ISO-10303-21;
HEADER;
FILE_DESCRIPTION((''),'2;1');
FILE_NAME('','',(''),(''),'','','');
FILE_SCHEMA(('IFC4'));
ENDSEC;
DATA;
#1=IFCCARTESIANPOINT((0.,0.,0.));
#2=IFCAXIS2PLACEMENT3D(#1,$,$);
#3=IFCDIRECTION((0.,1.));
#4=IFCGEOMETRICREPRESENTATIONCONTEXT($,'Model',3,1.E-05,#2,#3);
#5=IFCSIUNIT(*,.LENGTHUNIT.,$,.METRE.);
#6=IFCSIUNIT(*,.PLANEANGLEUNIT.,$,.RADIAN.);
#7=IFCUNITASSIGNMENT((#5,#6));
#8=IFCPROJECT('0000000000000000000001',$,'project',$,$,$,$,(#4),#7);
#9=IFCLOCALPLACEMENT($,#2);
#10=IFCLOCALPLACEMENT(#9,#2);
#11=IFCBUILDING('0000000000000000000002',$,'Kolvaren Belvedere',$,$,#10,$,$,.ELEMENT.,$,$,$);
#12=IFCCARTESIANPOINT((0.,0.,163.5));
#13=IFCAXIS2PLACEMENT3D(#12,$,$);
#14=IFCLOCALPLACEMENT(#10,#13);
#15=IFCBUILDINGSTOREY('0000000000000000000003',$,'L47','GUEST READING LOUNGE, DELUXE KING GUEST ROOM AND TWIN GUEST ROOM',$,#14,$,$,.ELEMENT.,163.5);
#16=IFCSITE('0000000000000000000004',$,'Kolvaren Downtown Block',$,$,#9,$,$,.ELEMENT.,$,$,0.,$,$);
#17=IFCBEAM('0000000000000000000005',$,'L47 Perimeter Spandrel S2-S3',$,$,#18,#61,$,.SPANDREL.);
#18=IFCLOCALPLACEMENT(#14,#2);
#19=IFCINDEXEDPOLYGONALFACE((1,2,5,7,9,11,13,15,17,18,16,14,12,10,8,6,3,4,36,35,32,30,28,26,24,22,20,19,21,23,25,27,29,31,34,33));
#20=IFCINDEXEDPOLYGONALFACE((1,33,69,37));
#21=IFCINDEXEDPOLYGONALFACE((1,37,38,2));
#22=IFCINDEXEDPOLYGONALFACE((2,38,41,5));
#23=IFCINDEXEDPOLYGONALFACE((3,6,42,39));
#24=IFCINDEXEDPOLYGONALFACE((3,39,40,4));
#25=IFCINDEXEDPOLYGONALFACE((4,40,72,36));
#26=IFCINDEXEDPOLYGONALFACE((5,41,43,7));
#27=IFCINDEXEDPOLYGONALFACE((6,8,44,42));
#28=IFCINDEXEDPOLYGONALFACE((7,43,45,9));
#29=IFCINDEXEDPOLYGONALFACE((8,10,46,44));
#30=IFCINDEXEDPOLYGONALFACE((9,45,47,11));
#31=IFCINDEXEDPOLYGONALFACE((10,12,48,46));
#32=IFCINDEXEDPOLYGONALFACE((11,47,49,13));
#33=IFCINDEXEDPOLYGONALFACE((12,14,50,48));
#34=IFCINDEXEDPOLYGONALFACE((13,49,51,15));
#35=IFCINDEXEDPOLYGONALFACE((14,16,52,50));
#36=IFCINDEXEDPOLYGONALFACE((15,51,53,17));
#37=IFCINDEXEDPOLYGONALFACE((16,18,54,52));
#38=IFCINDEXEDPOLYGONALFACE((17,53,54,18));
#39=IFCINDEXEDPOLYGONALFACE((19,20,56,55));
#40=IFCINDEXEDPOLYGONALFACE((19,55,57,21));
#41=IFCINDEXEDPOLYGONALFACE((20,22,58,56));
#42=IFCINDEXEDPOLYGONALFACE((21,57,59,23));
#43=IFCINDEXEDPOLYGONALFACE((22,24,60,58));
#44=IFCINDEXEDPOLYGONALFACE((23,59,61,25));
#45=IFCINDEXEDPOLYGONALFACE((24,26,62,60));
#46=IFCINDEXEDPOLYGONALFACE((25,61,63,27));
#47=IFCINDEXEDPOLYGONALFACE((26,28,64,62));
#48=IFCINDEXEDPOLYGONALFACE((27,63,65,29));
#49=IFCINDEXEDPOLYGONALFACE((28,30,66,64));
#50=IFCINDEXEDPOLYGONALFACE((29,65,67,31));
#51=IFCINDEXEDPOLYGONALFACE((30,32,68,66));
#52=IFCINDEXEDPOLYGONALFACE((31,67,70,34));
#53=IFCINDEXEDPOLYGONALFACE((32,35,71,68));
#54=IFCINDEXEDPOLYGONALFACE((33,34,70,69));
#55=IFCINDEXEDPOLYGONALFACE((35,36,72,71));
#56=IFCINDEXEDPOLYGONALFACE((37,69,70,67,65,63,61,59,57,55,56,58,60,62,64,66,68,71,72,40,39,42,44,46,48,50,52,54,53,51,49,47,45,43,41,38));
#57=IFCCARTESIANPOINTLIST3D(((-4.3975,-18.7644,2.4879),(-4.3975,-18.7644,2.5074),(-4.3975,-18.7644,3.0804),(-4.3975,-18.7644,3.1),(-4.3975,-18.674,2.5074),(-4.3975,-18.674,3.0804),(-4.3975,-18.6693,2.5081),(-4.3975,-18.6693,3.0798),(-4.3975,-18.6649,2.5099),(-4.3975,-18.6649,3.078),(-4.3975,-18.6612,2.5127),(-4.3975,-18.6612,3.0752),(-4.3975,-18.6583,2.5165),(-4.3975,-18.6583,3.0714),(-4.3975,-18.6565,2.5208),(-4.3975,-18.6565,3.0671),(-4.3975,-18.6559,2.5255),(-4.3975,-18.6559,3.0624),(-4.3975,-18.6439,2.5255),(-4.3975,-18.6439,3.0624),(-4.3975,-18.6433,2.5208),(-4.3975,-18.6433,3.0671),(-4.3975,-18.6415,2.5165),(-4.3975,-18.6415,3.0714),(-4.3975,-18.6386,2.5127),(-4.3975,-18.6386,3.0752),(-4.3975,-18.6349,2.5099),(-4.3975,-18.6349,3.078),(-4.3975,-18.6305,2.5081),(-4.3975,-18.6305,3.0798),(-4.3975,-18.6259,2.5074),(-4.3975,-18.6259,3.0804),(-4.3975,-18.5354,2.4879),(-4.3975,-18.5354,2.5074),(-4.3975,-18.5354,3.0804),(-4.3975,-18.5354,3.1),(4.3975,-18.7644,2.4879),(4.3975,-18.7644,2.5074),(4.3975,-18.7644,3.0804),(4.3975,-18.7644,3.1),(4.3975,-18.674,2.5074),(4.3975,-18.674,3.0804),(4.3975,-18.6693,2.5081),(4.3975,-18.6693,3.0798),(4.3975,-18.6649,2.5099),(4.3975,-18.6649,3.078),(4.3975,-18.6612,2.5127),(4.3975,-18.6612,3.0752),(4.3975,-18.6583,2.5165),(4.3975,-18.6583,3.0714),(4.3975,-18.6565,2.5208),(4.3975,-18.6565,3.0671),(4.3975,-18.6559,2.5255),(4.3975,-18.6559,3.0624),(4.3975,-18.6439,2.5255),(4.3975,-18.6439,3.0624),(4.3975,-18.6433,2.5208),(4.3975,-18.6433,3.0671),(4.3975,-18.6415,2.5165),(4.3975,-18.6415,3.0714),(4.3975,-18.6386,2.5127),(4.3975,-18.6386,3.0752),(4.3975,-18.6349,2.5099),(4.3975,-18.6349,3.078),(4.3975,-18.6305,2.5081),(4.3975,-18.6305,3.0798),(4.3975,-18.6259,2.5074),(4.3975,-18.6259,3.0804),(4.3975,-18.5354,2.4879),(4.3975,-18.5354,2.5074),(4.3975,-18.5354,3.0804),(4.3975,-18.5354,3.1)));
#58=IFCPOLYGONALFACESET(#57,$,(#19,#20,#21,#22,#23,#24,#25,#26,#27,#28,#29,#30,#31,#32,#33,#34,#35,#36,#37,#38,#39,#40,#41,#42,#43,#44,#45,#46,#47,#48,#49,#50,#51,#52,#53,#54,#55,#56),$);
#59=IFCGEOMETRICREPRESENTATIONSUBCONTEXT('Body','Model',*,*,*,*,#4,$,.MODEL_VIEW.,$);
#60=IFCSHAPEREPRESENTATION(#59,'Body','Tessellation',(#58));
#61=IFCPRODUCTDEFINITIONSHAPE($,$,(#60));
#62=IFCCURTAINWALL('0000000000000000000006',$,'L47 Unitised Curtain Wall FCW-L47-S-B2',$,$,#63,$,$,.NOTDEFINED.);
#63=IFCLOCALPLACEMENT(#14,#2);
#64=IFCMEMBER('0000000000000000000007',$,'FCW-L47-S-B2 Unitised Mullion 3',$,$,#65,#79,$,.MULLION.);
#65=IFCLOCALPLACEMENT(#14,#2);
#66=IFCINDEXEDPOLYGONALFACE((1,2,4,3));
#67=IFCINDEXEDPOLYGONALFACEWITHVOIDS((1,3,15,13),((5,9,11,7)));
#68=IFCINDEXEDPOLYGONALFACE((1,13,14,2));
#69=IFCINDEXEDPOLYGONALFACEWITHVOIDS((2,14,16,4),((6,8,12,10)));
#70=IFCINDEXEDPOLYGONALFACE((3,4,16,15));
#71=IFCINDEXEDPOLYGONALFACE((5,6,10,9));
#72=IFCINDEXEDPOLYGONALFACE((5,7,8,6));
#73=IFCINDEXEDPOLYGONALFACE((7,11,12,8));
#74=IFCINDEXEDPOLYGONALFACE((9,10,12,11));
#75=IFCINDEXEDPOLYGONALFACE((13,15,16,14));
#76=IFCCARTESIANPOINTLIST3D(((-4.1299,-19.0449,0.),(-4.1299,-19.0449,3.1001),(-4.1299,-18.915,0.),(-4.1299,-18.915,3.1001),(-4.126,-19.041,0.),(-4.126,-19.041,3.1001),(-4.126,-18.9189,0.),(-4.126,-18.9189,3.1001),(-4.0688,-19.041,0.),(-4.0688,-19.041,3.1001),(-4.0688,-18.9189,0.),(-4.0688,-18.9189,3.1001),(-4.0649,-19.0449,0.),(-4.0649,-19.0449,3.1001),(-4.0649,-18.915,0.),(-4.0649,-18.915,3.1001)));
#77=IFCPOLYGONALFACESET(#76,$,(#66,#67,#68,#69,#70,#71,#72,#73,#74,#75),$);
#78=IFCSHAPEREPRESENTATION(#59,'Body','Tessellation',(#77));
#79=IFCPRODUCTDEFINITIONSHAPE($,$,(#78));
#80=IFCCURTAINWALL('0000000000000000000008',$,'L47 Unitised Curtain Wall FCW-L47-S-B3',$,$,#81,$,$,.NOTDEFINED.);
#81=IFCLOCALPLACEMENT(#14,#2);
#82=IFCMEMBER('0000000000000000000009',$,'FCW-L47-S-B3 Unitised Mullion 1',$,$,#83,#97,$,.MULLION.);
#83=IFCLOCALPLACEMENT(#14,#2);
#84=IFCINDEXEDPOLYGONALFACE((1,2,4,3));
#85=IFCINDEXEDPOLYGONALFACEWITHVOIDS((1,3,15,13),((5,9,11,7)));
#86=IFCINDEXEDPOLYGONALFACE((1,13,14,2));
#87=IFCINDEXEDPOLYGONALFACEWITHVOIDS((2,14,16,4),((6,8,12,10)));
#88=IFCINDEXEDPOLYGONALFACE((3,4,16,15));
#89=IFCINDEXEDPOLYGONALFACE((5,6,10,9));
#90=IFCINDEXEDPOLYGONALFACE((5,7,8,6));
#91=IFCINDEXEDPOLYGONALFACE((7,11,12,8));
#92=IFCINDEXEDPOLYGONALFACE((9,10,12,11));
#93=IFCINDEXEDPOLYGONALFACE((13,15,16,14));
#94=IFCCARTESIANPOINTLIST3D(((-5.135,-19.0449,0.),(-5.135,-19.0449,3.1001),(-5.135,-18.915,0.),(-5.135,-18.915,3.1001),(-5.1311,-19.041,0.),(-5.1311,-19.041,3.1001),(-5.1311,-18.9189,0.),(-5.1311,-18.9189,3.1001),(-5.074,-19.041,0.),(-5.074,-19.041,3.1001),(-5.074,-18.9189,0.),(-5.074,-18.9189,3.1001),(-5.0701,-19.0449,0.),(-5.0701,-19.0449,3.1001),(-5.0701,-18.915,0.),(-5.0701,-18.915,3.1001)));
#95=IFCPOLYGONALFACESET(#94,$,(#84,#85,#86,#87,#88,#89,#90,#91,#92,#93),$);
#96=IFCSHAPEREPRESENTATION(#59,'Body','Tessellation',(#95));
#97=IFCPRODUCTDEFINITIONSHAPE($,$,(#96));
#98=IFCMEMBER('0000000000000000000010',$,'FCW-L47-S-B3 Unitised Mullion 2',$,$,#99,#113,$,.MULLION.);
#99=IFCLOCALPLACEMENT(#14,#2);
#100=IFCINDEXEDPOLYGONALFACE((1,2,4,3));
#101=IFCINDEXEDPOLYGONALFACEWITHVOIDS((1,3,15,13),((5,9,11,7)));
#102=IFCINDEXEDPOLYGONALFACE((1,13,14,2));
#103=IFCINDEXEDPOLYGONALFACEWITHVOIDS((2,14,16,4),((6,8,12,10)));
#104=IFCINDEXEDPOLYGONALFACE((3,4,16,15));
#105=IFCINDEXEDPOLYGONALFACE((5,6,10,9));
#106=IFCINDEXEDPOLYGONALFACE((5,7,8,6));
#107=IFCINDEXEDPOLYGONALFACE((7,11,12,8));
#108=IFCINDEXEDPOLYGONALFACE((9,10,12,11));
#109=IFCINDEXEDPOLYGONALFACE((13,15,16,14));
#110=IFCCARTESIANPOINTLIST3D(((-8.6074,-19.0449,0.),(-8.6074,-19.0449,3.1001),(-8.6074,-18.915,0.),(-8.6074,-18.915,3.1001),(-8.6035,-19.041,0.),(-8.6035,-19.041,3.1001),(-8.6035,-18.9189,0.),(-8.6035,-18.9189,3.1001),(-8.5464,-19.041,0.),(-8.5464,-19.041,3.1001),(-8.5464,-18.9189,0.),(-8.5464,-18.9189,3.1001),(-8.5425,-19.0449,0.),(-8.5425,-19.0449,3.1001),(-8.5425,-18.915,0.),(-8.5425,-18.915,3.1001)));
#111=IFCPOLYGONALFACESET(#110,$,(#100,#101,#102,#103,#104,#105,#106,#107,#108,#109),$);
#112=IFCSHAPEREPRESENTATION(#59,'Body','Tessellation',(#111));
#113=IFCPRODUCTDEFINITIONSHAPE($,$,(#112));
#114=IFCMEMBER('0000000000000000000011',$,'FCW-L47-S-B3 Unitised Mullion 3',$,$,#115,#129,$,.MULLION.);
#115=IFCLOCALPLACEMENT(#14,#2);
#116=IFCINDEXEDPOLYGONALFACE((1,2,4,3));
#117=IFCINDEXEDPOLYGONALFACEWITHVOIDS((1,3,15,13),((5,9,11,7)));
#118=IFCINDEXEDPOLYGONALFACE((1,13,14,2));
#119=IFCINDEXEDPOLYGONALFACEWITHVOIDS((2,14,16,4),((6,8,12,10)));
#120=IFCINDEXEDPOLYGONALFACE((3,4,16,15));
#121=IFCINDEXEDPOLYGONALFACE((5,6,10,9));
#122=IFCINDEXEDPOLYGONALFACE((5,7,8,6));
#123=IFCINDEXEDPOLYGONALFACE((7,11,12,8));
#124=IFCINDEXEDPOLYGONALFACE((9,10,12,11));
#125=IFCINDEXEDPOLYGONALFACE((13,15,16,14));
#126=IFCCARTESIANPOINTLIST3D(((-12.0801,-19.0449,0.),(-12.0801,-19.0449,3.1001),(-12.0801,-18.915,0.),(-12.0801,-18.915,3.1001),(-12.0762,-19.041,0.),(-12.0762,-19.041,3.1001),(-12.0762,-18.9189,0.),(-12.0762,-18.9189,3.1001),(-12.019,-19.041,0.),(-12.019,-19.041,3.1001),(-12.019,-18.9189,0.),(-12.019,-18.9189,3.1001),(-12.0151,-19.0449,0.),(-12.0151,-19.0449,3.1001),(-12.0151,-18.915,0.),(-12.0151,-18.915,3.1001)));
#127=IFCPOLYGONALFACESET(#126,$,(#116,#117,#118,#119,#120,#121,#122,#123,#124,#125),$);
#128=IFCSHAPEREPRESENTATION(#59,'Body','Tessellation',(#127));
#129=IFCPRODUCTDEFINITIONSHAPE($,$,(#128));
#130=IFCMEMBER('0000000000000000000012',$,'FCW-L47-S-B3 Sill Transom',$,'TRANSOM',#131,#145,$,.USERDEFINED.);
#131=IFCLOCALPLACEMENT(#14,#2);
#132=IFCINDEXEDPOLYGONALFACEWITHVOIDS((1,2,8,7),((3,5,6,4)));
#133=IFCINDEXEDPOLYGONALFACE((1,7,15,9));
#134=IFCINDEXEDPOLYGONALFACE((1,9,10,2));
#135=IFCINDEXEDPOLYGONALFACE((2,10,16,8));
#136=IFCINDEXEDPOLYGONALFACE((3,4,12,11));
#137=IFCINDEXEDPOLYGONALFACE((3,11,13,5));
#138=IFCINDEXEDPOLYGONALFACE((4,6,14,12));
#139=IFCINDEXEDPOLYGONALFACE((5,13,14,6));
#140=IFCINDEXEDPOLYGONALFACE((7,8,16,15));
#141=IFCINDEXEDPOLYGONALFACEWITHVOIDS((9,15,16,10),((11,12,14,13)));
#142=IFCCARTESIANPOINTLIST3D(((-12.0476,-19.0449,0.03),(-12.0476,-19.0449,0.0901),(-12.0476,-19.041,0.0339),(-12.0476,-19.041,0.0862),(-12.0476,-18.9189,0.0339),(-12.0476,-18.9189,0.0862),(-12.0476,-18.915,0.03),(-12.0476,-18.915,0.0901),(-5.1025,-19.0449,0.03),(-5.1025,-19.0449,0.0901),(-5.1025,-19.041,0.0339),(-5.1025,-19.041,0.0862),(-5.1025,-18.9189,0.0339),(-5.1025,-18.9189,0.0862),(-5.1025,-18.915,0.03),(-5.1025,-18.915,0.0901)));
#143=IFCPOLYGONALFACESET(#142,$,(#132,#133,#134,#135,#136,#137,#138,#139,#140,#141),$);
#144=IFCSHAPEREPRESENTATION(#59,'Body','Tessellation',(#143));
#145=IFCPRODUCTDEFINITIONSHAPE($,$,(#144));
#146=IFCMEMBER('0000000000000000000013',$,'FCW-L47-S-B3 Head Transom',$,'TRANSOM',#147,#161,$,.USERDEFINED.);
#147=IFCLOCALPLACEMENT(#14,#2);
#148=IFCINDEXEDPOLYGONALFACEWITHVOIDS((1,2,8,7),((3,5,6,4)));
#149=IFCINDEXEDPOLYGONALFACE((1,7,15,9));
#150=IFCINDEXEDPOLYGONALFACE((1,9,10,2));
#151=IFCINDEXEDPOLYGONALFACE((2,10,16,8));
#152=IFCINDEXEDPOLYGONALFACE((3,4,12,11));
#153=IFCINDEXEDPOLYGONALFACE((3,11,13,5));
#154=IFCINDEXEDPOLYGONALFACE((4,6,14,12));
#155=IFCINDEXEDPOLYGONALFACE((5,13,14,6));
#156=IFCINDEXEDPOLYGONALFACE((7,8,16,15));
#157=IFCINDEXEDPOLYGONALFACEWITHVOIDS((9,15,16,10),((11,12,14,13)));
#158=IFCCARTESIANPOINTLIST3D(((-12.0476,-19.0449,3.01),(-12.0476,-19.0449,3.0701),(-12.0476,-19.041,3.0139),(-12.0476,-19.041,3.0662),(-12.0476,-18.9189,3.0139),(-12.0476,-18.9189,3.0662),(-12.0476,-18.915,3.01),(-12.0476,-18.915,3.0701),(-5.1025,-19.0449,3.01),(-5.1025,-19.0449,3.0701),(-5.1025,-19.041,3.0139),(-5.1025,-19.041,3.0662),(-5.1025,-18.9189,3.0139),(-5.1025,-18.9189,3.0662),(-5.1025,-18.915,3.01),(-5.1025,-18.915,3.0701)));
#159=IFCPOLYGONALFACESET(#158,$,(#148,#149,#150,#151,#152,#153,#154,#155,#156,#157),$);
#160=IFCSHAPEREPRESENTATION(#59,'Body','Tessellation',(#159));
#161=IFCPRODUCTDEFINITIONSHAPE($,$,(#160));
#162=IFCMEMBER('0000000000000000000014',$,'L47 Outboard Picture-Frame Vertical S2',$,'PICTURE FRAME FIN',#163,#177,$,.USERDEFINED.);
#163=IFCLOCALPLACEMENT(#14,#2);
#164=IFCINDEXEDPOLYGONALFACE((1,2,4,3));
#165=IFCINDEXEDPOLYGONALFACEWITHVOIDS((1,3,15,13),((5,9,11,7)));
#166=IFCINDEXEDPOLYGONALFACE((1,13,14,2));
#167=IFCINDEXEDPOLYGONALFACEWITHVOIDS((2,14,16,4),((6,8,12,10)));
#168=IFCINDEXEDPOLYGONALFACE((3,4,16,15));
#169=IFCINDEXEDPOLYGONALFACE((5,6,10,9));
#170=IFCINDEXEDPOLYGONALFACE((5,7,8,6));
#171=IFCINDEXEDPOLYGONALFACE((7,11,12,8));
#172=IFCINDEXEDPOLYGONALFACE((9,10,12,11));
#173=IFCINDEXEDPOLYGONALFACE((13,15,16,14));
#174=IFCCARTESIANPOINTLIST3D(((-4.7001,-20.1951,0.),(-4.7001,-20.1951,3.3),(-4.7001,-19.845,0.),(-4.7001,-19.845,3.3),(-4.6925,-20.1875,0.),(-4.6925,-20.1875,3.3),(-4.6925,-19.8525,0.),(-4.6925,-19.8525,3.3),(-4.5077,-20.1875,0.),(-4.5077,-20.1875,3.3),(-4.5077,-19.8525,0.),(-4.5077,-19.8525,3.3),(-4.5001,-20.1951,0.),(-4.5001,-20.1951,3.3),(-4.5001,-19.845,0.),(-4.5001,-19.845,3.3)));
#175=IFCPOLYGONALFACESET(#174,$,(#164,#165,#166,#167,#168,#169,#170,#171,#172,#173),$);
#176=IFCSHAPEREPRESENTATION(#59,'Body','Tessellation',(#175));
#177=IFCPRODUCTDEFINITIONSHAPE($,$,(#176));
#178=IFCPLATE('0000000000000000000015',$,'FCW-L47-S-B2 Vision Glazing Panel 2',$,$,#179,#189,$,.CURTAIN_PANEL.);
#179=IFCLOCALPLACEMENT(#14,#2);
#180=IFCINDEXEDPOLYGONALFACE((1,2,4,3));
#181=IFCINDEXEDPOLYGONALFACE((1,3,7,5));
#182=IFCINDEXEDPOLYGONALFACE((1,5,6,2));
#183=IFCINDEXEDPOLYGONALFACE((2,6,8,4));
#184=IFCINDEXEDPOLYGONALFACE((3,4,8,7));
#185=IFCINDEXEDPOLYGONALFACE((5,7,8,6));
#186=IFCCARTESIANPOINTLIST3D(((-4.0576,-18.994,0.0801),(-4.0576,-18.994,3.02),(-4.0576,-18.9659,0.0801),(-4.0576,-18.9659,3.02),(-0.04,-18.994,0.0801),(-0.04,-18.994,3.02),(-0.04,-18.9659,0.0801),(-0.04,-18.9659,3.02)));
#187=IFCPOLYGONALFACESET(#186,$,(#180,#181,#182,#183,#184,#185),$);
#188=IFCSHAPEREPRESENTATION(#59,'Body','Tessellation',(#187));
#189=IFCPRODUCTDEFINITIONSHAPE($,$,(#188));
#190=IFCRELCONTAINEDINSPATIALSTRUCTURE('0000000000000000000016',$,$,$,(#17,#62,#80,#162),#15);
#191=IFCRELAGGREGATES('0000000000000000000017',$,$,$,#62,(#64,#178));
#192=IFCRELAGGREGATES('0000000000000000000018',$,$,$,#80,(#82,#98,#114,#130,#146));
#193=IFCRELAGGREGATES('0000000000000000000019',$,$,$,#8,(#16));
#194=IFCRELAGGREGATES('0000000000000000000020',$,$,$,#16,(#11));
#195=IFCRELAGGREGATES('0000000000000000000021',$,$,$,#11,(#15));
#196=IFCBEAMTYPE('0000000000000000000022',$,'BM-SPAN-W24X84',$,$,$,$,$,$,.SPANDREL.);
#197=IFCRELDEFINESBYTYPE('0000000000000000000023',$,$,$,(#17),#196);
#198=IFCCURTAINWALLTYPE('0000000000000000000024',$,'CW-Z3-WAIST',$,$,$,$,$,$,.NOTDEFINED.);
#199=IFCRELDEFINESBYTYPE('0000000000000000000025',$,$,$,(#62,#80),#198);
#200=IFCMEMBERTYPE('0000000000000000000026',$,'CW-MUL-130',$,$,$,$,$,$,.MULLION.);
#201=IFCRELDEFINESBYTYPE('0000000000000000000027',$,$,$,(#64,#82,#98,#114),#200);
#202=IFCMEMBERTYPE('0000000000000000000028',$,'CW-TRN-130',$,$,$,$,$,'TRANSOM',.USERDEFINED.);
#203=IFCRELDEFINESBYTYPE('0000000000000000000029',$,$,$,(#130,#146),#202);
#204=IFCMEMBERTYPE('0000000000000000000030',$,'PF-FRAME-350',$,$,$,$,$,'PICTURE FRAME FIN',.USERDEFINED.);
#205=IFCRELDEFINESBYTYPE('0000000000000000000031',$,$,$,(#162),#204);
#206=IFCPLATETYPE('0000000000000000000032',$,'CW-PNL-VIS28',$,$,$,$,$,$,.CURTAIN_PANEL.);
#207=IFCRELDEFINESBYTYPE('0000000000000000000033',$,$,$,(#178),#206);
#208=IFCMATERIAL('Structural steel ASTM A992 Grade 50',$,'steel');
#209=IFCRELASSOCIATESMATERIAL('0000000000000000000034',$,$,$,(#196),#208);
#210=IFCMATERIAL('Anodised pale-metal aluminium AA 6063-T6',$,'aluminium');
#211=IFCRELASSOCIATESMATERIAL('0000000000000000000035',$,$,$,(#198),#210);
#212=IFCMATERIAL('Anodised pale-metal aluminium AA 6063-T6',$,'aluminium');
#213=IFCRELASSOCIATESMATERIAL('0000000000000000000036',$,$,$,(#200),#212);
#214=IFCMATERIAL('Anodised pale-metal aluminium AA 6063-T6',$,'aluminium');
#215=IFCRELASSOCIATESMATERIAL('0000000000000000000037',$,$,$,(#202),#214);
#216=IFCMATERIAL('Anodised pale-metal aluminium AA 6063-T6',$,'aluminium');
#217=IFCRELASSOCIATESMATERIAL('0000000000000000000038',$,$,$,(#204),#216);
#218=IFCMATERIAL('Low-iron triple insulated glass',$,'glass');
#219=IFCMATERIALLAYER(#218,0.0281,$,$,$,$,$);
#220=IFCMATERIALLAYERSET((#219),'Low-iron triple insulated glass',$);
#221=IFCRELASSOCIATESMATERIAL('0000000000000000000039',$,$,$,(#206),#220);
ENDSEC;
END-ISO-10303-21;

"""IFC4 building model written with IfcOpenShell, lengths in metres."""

from ifc_helpers import new_model, si_unit, direction, frame, origin, origin_2d, place, context, subcontext, project, spatial, rectangle, hollow_rectangle, i_section, extrude, material, layer, layer_set, material_profile, profile_set, type_object, element, aggregate, save


model = new_model("IFC4")

# Units and contexts
model_context = context("Model", 3, precision=1e-05, world=origin(), true_north=direction((0.0, 1.0)))
body_context = subcontext(model_context, "Body", "Model", "MODEL_VIEW")
ifc_project = project(units=[si_unit("LENGTHUNIT", "METRE"), si_unit("PLANEANGLEUNIT", "RADIAN")], contexts=[model_context])

# Site, building, storey
site_placement = place(None, origin())
site = spatial("IfcSite", under=ifc_project, at=site_placement, Name="Kolvaren Downtown Block", CompositionType="ELEMENT", RefElevation=0.0)
building_placement = place(site_placement, origin())
building = spatial("IfcBuilding", under=site, at=building_placement, Name="Kolvaren Belvedere", CompositionType="ELEMENT")
storey_placement = place(building_placement, frame((0.0, 0.0, 163.5)))
storey = spatial("IfcBuildingStorey", under=building, at=storey_placement, Name="L47", Description="GUEST READING LOUNGE, DELUXE KING GUEST ROOM AND TWIN GUEST ROOM", CompositionType="ELEMENT", Elevation=163.5)

# Beam
ifc_material_1 = material(Name="Structural steel ASTM A992 Grade 50", Category="steel")
ifc_material_profile_1 = material_profile(ifc_material_1, i_section(OverallWidth=0.229, OverallDepth=0.6121, WebThickness=0.012, FlangeThickness=0.0195, FilletRadius=0.0181, at=origin_2d()), Name="W24X84")
ifc_profile_set_1 = profile_set([ifc_material_profile_1], Name="Structural steel ASTM A992 Grade 50")
beam_type_1 = type_object("IfcBeamType", Name="BM-SPAN-W24X84", PredefinedType="SPANDREL", material=ifc_profile_set_1)
beam_1_placement = place(storey_placement, frame((-4.3975, -18.6499, 2.7939), z_axis=(1.0, 0.0, 0.0), x_axis=(0.0, 1.0, 0.0)))
element("IfcBeam", 1, at=beam_1_placement, inside=storey, type_object=beam_type_1, Name="L47 Perimeter Spandrel S2-S3", PredefinedType="SPANDREL", context=body_context, shape_type="SweptSolid", body=[
    extrude(i_section(OverallWidth=0.229, OverallDepth=0.6121, WebThickness=0.012, FlangeThickness=0.0195, FilletRadius=0.0181, at=origin_2d()), origin(), (0.0, 0.0, 1.0), 8.7949),
])

# Curtain wall, member
ifc_material_2 = material(Name="Anodised pale-metal aluminium AA 6063-T6", Category="aluminium")
curtain_wall_type = type_object("IfcCurtainWallType", Name="CW-Z3-WAIST", PredefinedType="NOTDEFINED", material=ifc_material_2)
curtain_wall_1_placement = place(storey_placement, origin())
curtain_wall_1 = element("IfcCurtainWall", 2, at=curtain_wall_1_placement, inside=storey, type_object=curtain_wall_type, Name="L47 Unitised Curtain Wall FCW-L47-S-B2", PredefinedType="NOTDEFINED")
ifc_material_3 = material(Name="Anodised pale-metal aluminium AA 6063-T6", Category="aluminium")
ifc_material_profile_2 = material_profile(ifc_material_3, hollow_rectangle(XDim=0.0649, YDim=0.1299, WallThickness=0.0039, at=origin_2d()), Name="ALU-MUL-130X65")
ifc_profile_set_2 = profile_set([ifc_material_profile_2], Name="Anodised pale-metal aluminium AA 6063-T6")
member_type_1 = type_object("IfcMemberType", Name="CW-MUL-130", PredefinedType="MULLION", material=ifc_profile_set_2)
member_1_placement = place(storey_placement, frame((-4.0974, -18.98, 0.0), z_axis=(0.0, 0.0, 1.0), x_axis=(1.0, 0.0, 0.0)))
member_1 = element("IfcMember", 3, at=member_1_placement, type_object=member_type_1, Name="FCW-L47-S-B2 Unitised Mullion 3", PredefinedType="MULLION", context=body_context, shape_type="SweptSolid", body=[
    extrude(hollow_rectangle(XDim=0.0649, YDim=0.1299, WallThickness=0.0039, at=origin_2d()), origin(), (0.0, 0.0, 1.0), 3.1001),
])

# Curtain wall, members
curtain_wall_2_placement = place(storey_placement, origin())
curtain_wall_2 = element("IfcCurtainWall", 4, at=curtain_wall_2_placement, inside=storey, type_object=curtain_wall_type, Name="L47 Unitised Curtain Wall FCW-L47-S-B3", PredefinedType="NOTDEFINED")
member_2_placement = place(storey_placement, frame((-5.1025, -18.98, 0.0), z_axis=(0.0, 0.0, 1.0), x_axis=(1.0, 0.0, 0.0)))
member_2 = element("IfcMember", 5, at=member_2_placement, type_object=member_type_1, Name="FCW-L47-S-B3 Unitised Mullion 1", PredefinedType="MULLION", context=body_context, shape_type="SweptSolid", body=[
    extrude(hollow_rectangle(XDim=0.0649, YDim=0.1299, WallThickness=0.0039, at=origin_2d()), origin(), (0.0, 0.0, 1.0), 3.1001),
])
member_3_placement = place(storey_placement, frame((-8.575, -18.98, 0.0), z_axis=(0.0, 0.0, 1.0), x_axis=(1.0, 0.0, 0.0)))
member_3 = element("IfcMember", 6, at=member_3_placement, type_object=member_type_1, Name="FCW-L47-S-B3 Unitised Mullion 2", PredefinedType="MULLION", context=body_context, shape_type="SweptSolid", body=[
    extrude(hollow_rectangle(XDim=0.0649, YDim=0.1299, WallThickness=0.0039, at=origin_2d()), origin(), (0.0, 0.0, 1.0), 3.1001),
])
member_4_placement = place(storey_placement, frame((-12.0476, -18.98, 0.0), z_axis=(0.0, 0.0, 1.0), x_axis=(1.0, 0.0, 0.0)))
member_4 = element("IfcMember", 7, at=member_4_placement, type_object=member_type_1, Name="FCW-L47-S-B3 Unitised Mullion 3", PredefinedType="MULLION", context=body_context, shape_type="SweptSolid", body=[
    extrude(hollow_rectangle(XDim=0.0649, YDim=0.1299, WallThickness=0.0039, at=origin_2d()), origin(), (0.0, 0.0, 1.0), 3.1001),
])
ifc_material_4 = material(Name="Anodised pale-metal aluminium AA 6063-T6", Category="aluminium")
ifc_material_profile_3 = material_profile(ifc_material_4, hollow_rectangle(XDim=0.0601, YDim=0.1299, WallThickness=0.0039, at=origin_2d()), Name="ALU-TRN-130X60")
ifc_profile_set_3 = profile_set([ifc_material_profile_3], Name="Anodised pale-metal aluminium AA 6063-T6")
member_type_2 = type_object("IfcMemberType", Name="CW-TRN-130", ElementType="TRANSOM", PredefinedType="USERDEFINED", material=ifc_profile_set_3)
member_5_placement = place(storey_placement, frame((-5.1025, -18.98, 0.0601), z_axis=(-1.0, 0.0, 0.0), x_axis=(0.0, 0.0, 1.0)))
member_5 = element("IfcMember", 8, at=member_5_placement, type_object=member_type_2, Name="FCW-L47-S-B3 Sill Transom", ObjectType="TRANSOM", PredefinedType="USERDEFINED", context=body_context, shape_type="SweptSolid", body=[
    extrude(hollow_rectangle(XDim=0.0601, YDim=0.1299, WallThickness=0.0039, at=origin_2d()), origin(), (0.0, 0.0, 1.0), 6.9451),
])
member_6_placement = place(storey_placement, frame((-5.1025, -18.98, 3.04), z_axis=(-1.0, 0.0, 0.0), x_axis=(0.0, 0.0, 1.0)))
member_6 = element("IfcMember", 9, at=member_6_placement, type_object=member_type_2, Name="FCW-L47-S-B3 Head Transom", ObjectType="TRANSOM", PredefinedType="USERDEFINED", context=body_context, shape_type="SweptSolid", body=[
    extrude(hollow_rectangle(XDim=0.0601, YDim=0.1299, WallThickness=0.0039, at=origin_2d()), origin(), (0.0, 0.0, 1.0), 6.9451),
])

# Member
ifc_material_5 = material(Name="Anodised pale-metal aluminium AA 6063-T6", Category="aluminium")
ifc_material_profile_4 = material_profile(ifc_material_5, hollow_rectangle(XDim=0.2, YDim=0.3501, WallThickness=0.0076, at=origin_2d()), Name="ALU-PF-350X200")
ifc_profile_set_4 = profile_set([ifc_material_profile_4], Name="Anodised pale-metal aluminium AA 6063-T6")
member_type_3 = type_object("IfcMemberType", Name="PF-FRAME-350", ElementType="PICTURE FRAME FIN", PredefinedType="USERDEFINED", material=ifc_profile_set_4)
member_7_placement = place(storey_placement, frame((-4.6001, -20.02, 0.0), z_axis=(0.0, 0.0, 1.0), x_axis=(1.0, 0.0, 0.0)))
element("IfcMember", 10, at=member_7_placement, inside=storey, type_object=member_type_3, Name="L47 Outboard Picture-Frame Vertical S2", ObjectType="PICTURE FRAME FIN", PredefinedType="USERDEFINED", context=body_context, shape_type="SweptSolid", body=[
    extrude(hollow_rectangle(XDim=0.2, YDim=0.3501, WallThickness=0.0076, at=origin_2d()), origin(), (0.0, 0.0, 1.0), 3.3),
])

# Plate
ifc_material_6 = material(Name="Low-iron triple insulated glass", Category="glass")
ifc_layer_1 = layer(ifc_material_6, 0.0281)
ifc_layer_set_1 = layer_set([ifc_layer_1], Name="Low-iron triple insulated glass")
plate_type_1 = type_object("IfcPlateType", Name="CW-PNL-VIS28", PredefinedType="CURTAIN_PANEL", material=ifc_layer_set_1)
plate_1_placement = place(storey_placement, frame((-2.0488, -18.98, 0.0801), z_axis=(0.0, 0.0, 1.0), x_axis=(-1.0, 0.0, 0.0)))
plate_1 = element("IfcPlate", 11, at=plate_1_placement, type_object=plate_type_1, Name="FCW-L47-S-B2 Vision Glazing Panel 2", PredefinedType="CURTAIN_PANEL", context=body_context, shape_type="SweptSolid", body=[
    extrude(rectangle(XDim=4.0176, YDim=0.0281, at=origin_2d()), origin(), (0.0, 0.0, 1.0), 2.9399),
])
aggregate(curtain_wall_1, [member_1, plate_1])
aggregate(curtain_wall_2, [member_2, member_3, member_4, member_5, member_6])

save(model, "model.ifc")
